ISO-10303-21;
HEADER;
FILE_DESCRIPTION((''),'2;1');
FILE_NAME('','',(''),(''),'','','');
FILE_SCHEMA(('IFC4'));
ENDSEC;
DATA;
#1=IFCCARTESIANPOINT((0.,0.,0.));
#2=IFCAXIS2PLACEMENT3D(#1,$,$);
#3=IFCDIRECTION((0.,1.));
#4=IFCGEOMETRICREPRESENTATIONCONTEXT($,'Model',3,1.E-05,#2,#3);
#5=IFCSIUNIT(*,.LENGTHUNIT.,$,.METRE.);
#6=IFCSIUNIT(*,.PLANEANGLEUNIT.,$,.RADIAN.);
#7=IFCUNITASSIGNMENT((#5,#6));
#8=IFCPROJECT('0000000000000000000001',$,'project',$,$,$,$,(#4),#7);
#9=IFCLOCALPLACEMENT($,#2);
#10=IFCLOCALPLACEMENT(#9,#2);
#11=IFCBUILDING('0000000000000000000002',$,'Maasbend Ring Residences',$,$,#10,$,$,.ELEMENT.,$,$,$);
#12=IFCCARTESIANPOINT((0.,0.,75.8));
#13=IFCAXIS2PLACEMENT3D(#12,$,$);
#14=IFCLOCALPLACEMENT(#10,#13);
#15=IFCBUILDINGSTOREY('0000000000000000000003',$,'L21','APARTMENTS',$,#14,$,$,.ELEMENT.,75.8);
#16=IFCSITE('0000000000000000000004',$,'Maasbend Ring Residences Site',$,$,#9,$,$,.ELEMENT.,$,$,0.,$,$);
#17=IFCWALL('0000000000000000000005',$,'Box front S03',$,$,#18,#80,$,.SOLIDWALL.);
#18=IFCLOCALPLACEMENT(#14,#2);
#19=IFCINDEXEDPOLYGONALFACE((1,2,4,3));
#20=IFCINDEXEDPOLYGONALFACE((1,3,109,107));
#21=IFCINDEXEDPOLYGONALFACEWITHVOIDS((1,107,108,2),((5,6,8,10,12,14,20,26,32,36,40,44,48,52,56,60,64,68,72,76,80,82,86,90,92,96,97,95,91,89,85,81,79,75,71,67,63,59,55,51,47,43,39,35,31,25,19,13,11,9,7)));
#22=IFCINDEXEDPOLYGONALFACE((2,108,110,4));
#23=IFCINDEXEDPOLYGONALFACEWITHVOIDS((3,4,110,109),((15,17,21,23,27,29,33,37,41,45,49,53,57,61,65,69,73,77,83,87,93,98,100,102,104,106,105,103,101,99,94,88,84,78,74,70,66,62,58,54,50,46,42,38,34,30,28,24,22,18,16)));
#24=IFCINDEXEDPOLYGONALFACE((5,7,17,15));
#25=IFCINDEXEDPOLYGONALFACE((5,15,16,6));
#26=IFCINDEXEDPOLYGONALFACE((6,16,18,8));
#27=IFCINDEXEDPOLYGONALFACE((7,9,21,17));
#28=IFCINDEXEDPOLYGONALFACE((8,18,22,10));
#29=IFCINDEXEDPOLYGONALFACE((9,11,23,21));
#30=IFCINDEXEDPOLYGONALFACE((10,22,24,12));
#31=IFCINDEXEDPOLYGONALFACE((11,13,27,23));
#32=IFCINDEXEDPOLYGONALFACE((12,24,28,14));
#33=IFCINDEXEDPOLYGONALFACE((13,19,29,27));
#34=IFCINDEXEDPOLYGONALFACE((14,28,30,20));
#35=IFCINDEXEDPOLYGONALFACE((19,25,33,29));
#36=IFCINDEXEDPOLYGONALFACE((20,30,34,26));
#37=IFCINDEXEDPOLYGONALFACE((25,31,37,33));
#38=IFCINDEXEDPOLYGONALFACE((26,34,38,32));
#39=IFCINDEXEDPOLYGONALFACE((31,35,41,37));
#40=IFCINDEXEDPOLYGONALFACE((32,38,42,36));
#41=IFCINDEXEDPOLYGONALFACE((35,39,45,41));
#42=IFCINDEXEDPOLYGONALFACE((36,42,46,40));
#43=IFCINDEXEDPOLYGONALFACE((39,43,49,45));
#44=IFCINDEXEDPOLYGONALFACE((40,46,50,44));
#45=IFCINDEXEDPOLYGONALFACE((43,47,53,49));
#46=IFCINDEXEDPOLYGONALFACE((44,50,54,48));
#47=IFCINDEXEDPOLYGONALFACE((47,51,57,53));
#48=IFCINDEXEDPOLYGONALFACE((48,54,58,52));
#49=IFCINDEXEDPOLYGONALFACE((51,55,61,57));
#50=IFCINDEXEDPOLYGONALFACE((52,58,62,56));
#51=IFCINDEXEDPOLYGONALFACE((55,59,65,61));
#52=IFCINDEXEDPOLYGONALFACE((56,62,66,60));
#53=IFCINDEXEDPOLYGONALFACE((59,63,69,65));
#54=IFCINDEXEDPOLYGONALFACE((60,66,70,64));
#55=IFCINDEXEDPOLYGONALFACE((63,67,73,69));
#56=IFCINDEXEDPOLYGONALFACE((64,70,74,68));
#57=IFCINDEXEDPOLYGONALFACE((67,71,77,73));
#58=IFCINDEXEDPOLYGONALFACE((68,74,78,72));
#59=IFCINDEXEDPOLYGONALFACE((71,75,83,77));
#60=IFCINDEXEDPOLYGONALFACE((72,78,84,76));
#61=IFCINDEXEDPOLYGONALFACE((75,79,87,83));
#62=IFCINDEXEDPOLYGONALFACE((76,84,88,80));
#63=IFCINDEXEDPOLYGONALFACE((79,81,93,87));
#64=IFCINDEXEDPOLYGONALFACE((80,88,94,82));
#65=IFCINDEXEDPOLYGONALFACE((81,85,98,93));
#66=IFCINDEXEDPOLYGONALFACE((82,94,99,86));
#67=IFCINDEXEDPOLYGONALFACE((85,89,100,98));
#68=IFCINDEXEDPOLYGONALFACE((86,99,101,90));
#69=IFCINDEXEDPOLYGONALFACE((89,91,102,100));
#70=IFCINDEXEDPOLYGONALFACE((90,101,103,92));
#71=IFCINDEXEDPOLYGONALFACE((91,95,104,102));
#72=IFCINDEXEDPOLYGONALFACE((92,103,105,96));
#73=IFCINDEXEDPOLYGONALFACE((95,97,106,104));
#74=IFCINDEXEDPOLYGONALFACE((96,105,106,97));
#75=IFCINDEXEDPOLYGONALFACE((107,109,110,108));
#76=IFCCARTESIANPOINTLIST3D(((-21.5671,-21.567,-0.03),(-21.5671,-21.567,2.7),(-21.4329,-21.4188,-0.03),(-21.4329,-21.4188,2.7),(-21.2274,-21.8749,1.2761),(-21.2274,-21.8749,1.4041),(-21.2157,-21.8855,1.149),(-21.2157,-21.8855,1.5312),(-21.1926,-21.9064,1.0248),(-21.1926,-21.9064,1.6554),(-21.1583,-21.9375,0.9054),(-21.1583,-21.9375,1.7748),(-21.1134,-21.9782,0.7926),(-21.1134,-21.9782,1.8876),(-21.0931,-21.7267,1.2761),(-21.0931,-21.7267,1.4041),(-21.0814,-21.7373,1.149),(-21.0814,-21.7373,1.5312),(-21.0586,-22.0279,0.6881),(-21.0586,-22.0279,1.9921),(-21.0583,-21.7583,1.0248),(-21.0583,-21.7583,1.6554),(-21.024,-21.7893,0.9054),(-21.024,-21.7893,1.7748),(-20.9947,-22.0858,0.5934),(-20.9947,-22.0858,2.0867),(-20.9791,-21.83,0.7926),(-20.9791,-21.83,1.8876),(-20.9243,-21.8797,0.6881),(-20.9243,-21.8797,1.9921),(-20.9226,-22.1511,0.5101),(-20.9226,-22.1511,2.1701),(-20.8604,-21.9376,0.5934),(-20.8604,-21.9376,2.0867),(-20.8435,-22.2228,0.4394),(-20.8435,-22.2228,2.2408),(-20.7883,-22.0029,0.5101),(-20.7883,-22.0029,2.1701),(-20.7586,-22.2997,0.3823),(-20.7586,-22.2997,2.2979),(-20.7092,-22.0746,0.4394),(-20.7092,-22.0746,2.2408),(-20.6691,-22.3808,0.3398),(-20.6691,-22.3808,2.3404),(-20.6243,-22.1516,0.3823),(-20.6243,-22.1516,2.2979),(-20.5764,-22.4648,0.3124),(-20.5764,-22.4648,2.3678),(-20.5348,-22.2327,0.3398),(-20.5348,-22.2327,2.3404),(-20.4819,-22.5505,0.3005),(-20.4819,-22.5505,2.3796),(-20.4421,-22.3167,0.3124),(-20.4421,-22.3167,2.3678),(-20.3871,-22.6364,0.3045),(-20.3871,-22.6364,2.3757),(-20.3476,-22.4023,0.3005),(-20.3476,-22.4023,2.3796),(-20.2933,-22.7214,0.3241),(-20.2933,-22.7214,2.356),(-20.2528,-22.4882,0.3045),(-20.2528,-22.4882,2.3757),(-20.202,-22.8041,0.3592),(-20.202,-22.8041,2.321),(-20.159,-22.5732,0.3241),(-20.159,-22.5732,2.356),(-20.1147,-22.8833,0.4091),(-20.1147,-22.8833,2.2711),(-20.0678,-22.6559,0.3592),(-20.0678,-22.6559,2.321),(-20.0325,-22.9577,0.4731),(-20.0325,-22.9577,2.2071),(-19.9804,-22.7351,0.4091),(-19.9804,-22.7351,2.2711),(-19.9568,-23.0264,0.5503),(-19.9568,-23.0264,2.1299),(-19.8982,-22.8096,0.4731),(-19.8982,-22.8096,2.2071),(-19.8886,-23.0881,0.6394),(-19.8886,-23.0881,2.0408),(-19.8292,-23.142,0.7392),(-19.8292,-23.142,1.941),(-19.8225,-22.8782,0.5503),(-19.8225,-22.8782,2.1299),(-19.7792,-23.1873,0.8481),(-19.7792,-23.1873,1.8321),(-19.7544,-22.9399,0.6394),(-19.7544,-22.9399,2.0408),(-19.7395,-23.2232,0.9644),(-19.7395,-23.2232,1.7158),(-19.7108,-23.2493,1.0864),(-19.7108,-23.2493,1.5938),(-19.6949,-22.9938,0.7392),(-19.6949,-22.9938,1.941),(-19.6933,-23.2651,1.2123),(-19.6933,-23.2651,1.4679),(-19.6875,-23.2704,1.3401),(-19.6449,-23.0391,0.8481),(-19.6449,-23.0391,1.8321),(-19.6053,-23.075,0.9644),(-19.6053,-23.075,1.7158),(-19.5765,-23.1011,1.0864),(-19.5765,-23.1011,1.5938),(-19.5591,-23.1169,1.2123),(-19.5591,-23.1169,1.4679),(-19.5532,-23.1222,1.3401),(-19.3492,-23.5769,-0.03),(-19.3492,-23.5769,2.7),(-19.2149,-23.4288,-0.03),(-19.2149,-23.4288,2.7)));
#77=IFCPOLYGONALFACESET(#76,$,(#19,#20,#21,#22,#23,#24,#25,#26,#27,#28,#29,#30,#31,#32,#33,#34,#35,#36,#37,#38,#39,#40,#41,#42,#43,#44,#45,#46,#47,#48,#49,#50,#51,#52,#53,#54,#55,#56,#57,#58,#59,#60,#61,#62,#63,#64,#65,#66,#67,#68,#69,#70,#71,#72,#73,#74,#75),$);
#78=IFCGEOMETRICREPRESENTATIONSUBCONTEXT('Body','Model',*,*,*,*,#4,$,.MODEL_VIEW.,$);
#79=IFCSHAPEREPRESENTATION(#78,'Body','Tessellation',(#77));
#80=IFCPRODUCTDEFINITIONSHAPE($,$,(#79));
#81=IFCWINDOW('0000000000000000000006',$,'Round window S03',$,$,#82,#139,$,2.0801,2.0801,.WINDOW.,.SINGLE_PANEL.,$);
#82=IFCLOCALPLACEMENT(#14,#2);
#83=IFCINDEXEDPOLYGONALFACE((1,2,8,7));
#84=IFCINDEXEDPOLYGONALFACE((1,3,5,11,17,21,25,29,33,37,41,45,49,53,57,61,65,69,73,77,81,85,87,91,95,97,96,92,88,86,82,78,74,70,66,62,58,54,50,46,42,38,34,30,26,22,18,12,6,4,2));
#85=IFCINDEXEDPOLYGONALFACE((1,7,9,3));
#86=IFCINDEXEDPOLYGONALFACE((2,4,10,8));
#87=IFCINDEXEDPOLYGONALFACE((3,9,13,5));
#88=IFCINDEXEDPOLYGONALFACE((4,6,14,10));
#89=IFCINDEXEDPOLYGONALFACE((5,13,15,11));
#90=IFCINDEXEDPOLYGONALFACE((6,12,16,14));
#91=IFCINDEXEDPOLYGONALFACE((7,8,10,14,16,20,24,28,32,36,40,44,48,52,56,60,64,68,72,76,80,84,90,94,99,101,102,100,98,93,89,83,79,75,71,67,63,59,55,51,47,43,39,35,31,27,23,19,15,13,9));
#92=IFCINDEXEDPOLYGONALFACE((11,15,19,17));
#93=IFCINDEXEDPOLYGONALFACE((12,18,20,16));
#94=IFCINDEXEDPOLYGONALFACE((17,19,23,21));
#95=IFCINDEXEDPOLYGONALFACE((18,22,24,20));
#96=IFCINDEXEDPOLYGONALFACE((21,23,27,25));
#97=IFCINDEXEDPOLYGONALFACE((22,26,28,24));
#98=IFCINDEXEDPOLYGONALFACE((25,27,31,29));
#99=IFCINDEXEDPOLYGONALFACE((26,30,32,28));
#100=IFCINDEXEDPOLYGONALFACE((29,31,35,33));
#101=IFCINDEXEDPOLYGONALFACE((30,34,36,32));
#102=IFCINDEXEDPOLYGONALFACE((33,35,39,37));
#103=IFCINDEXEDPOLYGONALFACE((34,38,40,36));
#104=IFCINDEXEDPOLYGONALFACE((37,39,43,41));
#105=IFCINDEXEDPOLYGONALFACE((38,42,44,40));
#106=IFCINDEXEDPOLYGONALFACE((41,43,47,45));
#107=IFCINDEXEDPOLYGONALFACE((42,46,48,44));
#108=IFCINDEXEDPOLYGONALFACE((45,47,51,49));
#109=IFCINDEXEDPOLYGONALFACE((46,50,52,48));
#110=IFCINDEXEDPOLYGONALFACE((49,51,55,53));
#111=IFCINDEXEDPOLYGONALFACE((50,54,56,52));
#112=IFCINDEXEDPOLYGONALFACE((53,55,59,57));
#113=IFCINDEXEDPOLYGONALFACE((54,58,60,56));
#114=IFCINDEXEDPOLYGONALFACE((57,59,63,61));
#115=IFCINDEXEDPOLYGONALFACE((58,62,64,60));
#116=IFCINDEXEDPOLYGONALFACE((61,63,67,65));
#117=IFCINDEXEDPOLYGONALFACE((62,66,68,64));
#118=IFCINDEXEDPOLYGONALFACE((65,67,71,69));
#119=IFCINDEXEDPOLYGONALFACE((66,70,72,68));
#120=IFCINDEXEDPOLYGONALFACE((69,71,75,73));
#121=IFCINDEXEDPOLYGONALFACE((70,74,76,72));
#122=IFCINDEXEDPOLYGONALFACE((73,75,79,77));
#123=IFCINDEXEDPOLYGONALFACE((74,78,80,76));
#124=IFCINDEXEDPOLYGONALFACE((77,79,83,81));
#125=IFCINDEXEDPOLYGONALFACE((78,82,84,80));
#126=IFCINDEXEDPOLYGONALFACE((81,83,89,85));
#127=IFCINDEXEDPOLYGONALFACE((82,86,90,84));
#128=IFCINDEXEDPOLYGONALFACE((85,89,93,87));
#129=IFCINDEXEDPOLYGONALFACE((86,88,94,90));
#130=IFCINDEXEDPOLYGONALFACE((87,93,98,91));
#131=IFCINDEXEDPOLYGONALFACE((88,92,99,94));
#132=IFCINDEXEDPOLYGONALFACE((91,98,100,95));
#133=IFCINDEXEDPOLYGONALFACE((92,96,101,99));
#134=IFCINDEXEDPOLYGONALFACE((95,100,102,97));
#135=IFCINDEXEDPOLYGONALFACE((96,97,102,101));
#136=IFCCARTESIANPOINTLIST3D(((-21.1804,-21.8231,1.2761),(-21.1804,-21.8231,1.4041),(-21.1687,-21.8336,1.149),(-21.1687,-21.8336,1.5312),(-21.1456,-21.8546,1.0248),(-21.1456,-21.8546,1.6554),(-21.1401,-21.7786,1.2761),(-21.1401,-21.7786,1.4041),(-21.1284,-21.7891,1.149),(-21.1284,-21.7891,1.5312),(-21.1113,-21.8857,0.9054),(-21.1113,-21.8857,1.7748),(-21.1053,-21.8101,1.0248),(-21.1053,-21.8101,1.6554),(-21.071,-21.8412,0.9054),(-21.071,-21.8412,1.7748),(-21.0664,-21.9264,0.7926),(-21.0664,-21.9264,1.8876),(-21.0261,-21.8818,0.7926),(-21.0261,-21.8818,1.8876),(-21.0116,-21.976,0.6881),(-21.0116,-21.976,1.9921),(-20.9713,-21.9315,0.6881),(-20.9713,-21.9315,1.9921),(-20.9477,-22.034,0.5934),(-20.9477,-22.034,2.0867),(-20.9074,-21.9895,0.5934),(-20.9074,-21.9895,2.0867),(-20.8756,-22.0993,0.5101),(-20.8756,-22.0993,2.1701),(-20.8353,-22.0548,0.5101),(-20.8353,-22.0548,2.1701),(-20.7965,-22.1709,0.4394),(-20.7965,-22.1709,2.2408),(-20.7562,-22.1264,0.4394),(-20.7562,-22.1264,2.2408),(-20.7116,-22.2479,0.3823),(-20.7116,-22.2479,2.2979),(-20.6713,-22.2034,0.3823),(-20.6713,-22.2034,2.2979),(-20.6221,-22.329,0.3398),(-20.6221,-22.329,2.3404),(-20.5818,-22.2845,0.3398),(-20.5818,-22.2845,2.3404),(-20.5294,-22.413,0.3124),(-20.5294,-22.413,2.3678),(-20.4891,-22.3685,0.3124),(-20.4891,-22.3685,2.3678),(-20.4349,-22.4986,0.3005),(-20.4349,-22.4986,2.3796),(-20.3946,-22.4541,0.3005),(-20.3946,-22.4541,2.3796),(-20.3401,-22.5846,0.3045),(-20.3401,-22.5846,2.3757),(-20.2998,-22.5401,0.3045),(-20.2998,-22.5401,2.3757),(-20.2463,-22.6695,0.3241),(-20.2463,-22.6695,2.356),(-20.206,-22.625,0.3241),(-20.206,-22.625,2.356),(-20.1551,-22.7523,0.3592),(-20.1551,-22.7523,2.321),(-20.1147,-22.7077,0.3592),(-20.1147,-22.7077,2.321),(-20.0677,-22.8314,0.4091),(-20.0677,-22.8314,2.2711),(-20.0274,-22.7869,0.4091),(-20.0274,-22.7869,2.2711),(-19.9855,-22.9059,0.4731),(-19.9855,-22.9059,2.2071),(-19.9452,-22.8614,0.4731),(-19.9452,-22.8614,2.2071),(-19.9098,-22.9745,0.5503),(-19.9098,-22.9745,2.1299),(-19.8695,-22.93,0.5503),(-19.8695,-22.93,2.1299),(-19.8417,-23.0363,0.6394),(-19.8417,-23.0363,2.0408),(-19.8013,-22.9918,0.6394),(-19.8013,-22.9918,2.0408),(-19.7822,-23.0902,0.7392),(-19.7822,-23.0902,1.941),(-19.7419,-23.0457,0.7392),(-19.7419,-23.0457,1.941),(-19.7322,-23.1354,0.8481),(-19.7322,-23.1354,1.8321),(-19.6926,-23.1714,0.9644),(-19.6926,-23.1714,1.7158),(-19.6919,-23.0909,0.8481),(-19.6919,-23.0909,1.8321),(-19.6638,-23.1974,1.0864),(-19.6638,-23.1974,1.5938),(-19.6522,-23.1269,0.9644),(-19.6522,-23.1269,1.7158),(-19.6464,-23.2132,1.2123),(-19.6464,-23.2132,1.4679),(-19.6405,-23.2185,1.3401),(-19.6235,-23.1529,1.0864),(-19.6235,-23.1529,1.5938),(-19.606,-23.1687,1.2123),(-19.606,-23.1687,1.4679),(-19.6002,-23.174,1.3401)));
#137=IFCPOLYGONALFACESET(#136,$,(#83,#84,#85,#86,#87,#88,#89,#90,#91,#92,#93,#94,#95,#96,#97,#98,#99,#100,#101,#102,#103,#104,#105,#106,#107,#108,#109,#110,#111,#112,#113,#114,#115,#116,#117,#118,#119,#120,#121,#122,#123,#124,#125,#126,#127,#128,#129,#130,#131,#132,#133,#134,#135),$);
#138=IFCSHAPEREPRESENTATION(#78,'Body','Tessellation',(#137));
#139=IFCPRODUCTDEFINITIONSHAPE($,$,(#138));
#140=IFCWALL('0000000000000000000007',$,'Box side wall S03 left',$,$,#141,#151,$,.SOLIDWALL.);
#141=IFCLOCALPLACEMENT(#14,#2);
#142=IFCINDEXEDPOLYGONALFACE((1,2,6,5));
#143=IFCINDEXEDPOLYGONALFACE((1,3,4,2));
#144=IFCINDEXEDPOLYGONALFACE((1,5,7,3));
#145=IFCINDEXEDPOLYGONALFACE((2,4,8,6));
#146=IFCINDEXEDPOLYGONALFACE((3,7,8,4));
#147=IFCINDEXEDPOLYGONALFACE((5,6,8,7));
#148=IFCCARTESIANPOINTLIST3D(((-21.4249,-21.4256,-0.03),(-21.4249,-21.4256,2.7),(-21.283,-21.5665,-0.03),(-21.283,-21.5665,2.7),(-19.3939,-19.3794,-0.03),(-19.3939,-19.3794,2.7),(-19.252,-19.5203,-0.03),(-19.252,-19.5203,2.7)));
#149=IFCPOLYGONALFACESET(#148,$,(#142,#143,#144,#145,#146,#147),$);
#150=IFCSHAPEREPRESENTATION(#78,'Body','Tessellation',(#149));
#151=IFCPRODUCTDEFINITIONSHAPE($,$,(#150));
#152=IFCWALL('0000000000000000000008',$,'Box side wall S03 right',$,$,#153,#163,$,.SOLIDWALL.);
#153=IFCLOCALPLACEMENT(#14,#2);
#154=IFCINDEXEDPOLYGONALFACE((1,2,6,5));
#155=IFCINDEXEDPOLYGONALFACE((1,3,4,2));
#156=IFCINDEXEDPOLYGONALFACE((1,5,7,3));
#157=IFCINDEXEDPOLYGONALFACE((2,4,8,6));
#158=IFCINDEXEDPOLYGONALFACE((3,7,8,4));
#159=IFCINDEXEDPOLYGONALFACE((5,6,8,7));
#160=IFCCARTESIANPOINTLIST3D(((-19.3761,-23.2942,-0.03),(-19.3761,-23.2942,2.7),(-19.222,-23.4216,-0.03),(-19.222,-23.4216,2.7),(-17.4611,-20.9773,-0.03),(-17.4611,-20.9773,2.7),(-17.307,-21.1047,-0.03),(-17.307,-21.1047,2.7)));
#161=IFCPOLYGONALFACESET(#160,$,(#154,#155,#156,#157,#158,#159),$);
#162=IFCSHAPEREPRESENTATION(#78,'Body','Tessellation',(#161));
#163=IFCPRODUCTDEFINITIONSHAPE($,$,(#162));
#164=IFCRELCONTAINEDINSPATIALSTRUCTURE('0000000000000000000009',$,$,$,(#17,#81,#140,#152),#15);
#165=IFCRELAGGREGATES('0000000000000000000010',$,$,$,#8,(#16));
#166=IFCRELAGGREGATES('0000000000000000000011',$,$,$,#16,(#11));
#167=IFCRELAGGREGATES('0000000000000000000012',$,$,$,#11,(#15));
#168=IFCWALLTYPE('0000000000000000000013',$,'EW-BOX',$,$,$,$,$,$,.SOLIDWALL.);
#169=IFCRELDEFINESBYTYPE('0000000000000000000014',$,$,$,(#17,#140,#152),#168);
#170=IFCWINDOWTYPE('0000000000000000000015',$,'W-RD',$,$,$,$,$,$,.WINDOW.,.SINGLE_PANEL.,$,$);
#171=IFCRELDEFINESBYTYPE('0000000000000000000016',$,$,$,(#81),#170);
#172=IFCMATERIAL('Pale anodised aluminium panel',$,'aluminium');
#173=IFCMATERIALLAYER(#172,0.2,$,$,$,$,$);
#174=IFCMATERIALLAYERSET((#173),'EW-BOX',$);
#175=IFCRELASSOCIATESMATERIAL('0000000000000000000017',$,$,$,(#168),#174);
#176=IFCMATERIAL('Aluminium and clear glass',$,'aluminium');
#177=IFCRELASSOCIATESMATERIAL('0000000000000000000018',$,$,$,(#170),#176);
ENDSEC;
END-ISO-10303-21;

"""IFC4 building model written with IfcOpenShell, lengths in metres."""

from ifc_helpers import new_model, si_unit, direction, frame, frame_2d, origin, place, context, subcontext, project, spatial, rectangle, circle, extrude, material, layer, layer_set, type_object, element, fill, save


model = new_model("IFC4")

# Units and contexts
model_context = context("Model", 3, precision=1e-05, world=origin(), true_north=direction((0.0, 1.0)))
body_context = subcontext(model_context, "Body", "Model", "MODEL_VIEW")
ifc_project = project(units=[si_unit("LENGTHUNIT", "METRE"), si_unit("PLANEANGLEUNIT", "RADIAN")], contexts=[model_context])

# Site, building, storey
site_placement = place(None, origin())
site = spatial("IfcSite", under=ifc_project, at=site_placement, Name="Maasbend Ring Residences Site", CompositionType="ELEMENT", RefElevation=0.0)
building_placement = place(site_placement, origin())
building = spatial("IfcBuilding", under=site, at=building_placement, Name="Maasbend Ring Residences", CompositionType="ELEMENT")
storey_placement = place(building_placement, frame((0.0, 0.0, 75.8)))
storey = spatial("IfcBuildingStorey", under=building, at=storey_placement, Name="L21", Description="APARTMENTS", CompositionType="ELEMENT", Elevation=75.8)

# Shared definitions
ifc_material_1 = material(Name="Pale anodised aluminium panel", Category="aluminium")
ifc_layer_1 = layer(ifc_material_1, 0.2)
ifc_layer_set_1 = layer_set([ifc_layer_1], Name="EW-BOX")
wall_type_1 = type_object("IfcWallType", Name="EW-BOX", PredefinedType="SOLIDWALL", material=ifc_layer_set_1)
ifc_material_2 = material(Name="Aluminium and clear glass", Category="aluminium")
window_type_1 = type_object("IfcWindowType", Name="W-RD", PartitioningType="SINGLE_PANEL", PredefinedType="WINDOW", material=ifc_material_2)

# Wall, opening, window
wall_1_placement = place(storey_placement, frame((-21.5, -21.4929, -0.03), z_axis=(0.0, 0.0, 1.0), x_axis=(0.740998, -0.671507, 0.0)))
wall_1 = element("IfcWall", 1, at=wall_1_placement, inside=storey, type_object=wall_type_1, Name="Box front S03", PredefinedType="SOLIDWALL", context=body_context, shape_type="SweptSolid", body=[
    extrude(rectangle(XDim=2.9932, YDim=0.2, at=frame_2d((1.4966, 0.0))), origin(), (0.0, 0.0, 1.0), 2.73),
])
opening_1_placement = place(wall_1_placement, frame((0.4565, 0.0, 0.3301)))
opening_1 = element("IfcOpeningElement", 2, at=opening_1_placement, cuts=wall_1, PredefinedType="OPENING", context=body_context, shape_type="SweptSolid", body=[
    extrude(circle(Radius=1.04, at=frame_2d((1.04, 1.04))), frame((0.0, 0.1099, 0.0), z_axis=(0.0, -1.0, 0.0), x_axis=(1.0, 0.0, 0.0)), (0.0, 0.0, 1.0), 0.22),
])
window_1_placement = place(opening_1_placement, origin())
window_1 = element("IfcWindow", 3, at=window_1_placement, inside=storey, type_object=window_type_1, Name="Round window S03", OverallHeight=2.0801, OverallWidth=2.0801, PartitioningType="SINGLE_PANEL", PredefinedType="WINDOW", context=body_context, shape_type="SweptSolid", body=[
    extrude(circle(Radius=1.04, at=frame_2d((1.04, 1.04))), frame((0.0, 0.03, 0.0), z_axis=(0.0, -1.0, 0.0), x_axis=(1.0, 0.0, 0.0)), (0.0, 0.0, 1.0), 0.0601),
])
fill(opening_1, window_1)

# Walls
wall_2_placement = place(storey_placement, frame((-19.323, -19.45, -0.03), z_axis=(0.0, 0.0, 1.0), x_axis=(-0.704477, -0.709727, 0.0)))
element("IfcWall", 4, at=wall_2_placement, inside=storey, type_object=wall_type_1, Name="Box side wall S03 left", PredefinedType="SOLIDWALL", context=body_context, shape_type="SweptSolid", body=[
    extrude(rectangle(XDim=2.8831, YDim=0.2, at=frame_2d((1.4414, 0.0))), origin(), (0.0, 0.0, 1.0), 2.73),
])
wall_3_placement = place(storey_placement, frame((-17.384, -21.041, -0.03), z_axis=(0.0, 0.0, 1.0), x_axis=(-0.637096, -0.770785, 0.0)))
element("IfcWall", 5, at=wall_3_placement, inside=storey, type_object=wall_type_1, Name="Box side wall S03 right", PredefinedType="SOLIDWALL", context=body_context, shape_type="SweptSolid", body=[
    extrude(rectangle(XDim=3.0059, YDim=0.2, at=frame_2d((1.5029, 0.0))), origin(), (0.0, 0.0, 1.0), 2.73),
])

save(model, "model.ifc")
